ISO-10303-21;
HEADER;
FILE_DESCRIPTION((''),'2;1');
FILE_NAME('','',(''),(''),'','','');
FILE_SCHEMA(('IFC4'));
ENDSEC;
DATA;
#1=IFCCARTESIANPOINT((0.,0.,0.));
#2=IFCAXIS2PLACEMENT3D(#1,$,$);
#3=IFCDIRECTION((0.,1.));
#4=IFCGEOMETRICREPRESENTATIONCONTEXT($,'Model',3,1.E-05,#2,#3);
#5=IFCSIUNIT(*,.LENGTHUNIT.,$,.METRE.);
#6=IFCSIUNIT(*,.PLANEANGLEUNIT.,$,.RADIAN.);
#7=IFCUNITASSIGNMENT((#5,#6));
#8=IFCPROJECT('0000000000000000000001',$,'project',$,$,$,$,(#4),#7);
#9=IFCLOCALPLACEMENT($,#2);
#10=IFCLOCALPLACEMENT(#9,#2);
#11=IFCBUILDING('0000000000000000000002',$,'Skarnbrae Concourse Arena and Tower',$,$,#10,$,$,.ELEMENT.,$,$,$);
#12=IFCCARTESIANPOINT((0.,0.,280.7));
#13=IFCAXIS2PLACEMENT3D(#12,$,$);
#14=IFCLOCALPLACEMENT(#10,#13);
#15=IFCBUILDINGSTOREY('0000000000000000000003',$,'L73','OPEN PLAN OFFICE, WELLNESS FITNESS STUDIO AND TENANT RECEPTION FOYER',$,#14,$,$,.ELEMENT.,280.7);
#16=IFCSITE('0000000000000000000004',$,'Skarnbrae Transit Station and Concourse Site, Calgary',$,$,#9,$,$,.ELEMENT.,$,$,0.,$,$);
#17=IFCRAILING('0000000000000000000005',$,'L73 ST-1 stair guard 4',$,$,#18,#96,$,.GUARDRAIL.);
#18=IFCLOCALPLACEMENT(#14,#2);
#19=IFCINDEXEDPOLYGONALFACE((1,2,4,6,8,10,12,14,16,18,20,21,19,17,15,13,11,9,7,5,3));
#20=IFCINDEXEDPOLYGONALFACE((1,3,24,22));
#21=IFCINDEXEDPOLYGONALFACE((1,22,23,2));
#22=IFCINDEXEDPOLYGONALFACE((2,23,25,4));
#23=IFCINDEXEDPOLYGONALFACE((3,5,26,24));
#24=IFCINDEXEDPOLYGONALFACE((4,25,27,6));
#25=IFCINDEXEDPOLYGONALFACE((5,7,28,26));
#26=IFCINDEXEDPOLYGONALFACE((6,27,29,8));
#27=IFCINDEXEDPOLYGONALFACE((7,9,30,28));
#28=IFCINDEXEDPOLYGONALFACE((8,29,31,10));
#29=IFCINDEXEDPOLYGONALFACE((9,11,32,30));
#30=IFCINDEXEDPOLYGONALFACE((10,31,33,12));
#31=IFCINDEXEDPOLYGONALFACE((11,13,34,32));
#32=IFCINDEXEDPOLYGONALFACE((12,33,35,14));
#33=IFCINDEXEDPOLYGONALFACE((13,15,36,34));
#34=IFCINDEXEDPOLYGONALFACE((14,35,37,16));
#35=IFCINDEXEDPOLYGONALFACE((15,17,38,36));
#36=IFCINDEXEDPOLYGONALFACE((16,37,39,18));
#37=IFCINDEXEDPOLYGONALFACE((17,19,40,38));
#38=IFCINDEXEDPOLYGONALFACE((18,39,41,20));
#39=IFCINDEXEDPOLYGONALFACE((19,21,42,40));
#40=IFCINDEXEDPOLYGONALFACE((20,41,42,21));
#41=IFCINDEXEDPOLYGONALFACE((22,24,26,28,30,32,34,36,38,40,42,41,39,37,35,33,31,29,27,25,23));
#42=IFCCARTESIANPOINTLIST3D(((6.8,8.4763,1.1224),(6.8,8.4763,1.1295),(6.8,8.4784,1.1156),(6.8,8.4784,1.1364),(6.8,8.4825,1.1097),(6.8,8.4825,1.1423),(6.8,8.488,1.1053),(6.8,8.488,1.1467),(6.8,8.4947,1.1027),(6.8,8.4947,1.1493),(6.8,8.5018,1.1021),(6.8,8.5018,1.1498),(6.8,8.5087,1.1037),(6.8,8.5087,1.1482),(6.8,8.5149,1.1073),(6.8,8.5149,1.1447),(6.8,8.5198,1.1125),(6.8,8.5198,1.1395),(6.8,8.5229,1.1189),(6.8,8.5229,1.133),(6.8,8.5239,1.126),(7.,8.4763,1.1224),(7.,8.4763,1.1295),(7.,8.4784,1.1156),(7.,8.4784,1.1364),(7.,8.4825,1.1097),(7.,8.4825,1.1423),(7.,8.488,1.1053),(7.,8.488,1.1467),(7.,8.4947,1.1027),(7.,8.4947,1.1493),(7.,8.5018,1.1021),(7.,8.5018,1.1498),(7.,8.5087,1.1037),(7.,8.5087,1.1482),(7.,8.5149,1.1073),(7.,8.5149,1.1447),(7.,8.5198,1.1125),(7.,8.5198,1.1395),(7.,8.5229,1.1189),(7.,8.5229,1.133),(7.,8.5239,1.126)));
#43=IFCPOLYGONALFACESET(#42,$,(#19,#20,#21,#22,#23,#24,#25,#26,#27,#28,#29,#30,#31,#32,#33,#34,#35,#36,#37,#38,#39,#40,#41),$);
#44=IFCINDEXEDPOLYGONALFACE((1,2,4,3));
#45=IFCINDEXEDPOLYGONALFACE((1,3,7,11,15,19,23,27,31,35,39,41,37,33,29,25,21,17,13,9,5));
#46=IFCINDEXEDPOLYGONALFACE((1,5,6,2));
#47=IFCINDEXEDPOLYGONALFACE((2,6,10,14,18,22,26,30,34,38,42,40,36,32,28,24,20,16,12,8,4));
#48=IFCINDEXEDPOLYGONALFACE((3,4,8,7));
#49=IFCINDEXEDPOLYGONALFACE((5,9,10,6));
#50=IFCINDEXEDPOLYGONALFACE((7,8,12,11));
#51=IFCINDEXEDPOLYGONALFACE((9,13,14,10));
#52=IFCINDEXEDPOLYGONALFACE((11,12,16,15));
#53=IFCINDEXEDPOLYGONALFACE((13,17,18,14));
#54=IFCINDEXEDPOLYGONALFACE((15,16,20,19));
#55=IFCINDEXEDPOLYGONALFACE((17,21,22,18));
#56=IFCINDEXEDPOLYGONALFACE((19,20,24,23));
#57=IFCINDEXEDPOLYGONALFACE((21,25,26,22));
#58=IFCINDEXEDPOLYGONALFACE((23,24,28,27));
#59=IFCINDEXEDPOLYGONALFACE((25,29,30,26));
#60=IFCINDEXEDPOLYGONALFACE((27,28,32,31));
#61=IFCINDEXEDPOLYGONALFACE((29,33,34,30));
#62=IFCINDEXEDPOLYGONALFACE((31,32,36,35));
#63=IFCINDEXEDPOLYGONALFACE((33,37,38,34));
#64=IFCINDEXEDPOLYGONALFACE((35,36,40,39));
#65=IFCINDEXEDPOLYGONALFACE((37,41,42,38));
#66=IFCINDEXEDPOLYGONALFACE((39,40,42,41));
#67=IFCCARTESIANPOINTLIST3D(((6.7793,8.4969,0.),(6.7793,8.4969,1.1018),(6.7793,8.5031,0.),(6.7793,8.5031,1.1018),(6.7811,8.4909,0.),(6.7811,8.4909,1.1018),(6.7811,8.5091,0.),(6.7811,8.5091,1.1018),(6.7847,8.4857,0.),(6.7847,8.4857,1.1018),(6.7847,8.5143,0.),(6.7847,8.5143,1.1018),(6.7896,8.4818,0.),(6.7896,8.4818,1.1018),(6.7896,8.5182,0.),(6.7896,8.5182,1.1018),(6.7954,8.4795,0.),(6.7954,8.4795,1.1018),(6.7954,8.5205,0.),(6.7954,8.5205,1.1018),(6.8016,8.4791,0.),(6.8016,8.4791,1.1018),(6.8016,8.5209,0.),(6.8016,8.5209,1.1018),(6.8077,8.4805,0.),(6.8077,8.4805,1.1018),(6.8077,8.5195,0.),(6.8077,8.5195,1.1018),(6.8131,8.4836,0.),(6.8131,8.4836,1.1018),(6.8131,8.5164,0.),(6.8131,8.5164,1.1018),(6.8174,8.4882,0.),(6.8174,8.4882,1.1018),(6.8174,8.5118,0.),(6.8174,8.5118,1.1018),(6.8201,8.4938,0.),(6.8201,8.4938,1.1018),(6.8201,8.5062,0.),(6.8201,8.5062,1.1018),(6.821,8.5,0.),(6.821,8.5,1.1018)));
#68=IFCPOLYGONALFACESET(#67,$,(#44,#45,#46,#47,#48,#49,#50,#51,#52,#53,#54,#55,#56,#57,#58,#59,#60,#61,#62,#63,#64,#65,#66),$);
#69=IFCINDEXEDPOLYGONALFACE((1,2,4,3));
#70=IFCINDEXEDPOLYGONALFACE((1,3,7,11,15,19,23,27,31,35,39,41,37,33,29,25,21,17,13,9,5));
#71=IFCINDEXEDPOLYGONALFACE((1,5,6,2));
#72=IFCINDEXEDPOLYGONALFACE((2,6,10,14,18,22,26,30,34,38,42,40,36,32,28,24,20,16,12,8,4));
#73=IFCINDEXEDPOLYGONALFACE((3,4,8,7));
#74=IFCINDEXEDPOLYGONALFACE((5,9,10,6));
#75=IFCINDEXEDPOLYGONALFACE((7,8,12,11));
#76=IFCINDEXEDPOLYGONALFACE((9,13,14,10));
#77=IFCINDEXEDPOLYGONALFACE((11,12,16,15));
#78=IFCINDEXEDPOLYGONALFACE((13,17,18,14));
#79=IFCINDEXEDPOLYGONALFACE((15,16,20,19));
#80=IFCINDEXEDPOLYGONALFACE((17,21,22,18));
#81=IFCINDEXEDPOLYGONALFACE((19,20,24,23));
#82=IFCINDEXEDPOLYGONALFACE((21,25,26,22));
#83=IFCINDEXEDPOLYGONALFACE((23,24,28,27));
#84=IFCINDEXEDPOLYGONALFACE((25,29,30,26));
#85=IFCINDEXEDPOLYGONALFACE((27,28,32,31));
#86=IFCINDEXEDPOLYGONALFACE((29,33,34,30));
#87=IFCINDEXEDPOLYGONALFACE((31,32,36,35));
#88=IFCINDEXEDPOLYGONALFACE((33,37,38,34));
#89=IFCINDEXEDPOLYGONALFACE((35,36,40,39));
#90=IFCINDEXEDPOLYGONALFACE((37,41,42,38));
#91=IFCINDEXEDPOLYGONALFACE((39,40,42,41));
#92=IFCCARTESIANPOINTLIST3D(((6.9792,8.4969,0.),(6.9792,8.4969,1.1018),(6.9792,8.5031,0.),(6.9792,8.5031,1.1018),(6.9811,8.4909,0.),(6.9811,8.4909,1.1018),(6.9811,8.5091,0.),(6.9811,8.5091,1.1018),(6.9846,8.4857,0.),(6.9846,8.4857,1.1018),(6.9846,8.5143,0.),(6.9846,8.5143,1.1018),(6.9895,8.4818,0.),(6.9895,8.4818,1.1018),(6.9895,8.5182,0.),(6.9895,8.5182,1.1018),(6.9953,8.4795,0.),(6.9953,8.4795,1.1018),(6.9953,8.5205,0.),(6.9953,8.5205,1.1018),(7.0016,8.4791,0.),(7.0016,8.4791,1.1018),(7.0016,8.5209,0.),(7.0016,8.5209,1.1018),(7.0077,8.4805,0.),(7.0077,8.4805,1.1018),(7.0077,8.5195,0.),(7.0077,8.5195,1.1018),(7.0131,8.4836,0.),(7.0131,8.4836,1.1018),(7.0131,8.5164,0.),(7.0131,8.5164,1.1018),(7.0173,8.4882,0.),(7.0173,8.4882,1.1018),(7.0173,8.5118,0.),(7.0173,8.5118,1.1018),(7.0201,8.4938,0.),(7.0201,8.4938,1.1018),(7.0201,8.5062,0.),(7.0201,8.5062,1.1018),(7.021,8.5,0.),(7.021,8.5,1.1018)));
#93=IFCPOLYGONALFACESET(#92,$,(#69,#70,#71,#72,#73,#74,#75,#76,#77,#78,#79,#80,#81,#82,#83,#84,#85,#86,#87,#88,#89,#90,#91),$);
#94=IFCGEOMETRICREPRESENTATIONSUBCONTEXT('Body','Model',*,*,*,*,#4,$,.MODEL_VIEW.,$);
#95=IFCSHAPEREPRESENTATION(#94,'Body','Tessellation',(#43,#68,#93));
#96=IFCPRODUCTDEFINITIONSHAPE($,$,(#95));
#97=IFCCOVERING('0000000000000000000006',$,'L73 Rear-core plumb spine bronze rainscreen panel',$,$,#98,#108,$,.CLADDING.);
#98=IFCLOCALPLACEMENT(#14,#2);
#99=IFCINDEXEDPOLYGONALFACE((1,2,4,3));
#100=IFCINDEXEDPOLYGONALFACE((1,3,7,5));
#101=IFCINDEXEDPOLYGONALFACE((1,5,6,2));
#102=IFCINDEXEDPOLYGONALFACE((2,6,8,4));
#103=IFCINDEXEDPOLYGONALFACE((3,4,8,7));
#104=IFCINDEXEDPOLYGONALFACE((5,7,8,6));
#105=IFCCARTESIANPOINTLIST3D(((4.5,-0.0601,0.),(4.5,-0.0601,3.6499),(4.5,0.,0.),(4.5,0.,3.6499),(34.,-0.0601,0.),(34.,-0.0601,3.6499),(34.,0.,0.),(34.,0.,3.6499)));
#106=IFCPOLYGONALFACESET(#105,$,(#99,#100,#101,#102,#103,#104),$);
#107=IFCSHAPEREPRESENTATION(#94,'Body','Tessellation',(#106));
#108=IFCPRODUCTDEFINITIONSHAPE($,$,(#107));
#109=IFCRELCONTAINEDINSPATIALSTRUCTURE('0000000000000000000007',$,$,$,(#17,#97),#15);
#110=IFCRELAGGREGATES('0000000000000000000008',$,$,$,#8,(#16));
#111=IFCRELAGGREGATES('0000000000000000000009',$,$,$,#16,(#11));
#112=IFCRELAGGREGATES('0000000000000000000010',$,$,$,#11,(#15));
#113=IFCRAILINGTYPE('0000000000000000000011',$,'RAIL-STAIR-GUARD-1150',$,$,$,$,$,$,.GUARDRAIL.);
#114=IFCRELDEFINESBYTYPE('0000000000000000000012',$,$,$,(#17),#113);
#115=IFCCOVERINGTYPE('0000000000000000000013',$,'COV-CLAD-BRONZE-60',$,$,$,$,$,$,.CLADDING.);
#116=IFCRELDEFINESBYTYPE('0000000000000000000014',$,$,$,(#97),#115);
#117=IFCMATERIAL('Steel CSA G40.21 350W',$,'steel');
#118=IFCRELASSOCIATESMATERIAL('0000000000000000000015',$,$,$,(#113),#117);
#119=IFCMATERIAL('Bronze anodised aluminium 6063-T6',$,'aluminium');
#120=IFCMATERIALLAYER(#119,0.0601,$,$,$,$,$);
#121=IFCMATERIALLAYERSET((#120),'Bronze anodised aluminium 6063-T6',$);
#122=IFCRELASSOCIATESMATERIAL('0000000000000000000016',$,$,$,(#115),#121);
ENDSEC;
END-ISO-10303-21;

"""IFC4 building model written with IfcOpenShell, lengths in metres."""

from ifc_helpers import new_model, si_unit, direction, frame, origin, origin_2d, place, context, subcontext, project, spatial, rectangle, circle, extrude, source, transform, mapped, material, layer, layer_set, type_object, element, save


model = new_model("IFC4")

# Units and contexts
model_context = context("Model", 3, precision=1e-05, world=origin(), true_north=direction((0.0, 1.0)))
body_context = subcontext(model_context, "Body", "Model", "MODEL_VIEW")
ifc_project = project(units=[si_unit("LENGTHUNIT", "METRE"), si_unit("PLANEANGLEUNIT", "RADIAN")], contexts=[model_context])

# Site, building, storey
site_placement = place(None, origin())
site = spatial("IfcSite", under=ifc_project, at=site_placement, Name="Skarnbrae Transit Station and Concourse Site, Calgary", CompositionType="ELEMENT", RefElevation=0.0)
building_placement = place(site_placement, origin())
building = spatial("IfcBuilding", under=site, at=building_placement, Name="Skarnbrae Concourse Arena and Tower", CompositionType="ELEMENT")
storey_placement = place(building_placement, frame((0.0, 0.0, 280.7)))
storey = spatial("IfcBuildingStorey", under=building, at=storey_placement, Name="L73", Description="OPEN PLAN OFFICE, WELLNESS FITNESS STUDIO AND TENANT RECEPTION FOYER", CompositionType="ELEMENT", Elevation=280.7)

# Shared definitions
ifc_material_1 = material(Name="Steel CSA G40.21 350W", Category="steel")

# Railing
railing_type_1 = type_object("IfcRailingType", Name="RAIL-STAIR-GUARD-1150", PredefinedType="GUARDRAIL", material=ifc_material_1)
railing_1_placement = place(storey_placement, frame((6.8, 8.5, 0.0)))
element("IfcRailing", 1, at=railing_1_placement, inside=storey, type_object=railing_type_1, Name="L73 ST-1 stair guard 4", PredefinedType="GUARDRAIL", context=body_context, shape_type="SweptSolid", body=[
    extrude(circle(Radius=0.0239, at=origin_2d()), frame((0.0, 0.0, 1.126), z_axis=(1.0, 0.0, 0.0), x_axis=(0.0, 1.0, 0.0)), (0.0, 0.0, 1.0), 0.2),
    extrude(circle(Radius=0.021, at=origin_2d()), origin(), (0.0, 0.0, 1.0), 1.1018),
    extrude(circle(Radius=0.021, at=origin_2d()), frame((0.2, 0.0, 0.0)), (0.0, 0.0, 1.0), 1.1018),
])

# Covering
ifc_material_2 = material(Name="Bronze anodised aluminium 6063-T6", Category="aluminium")
ifc_layer_1 = layer(ifc_material_2, 0.0601)
ifc_layer_set_1 = layer_set([ifc_layer_1], Name="Bronze anodised aluminium 6063-T6")
covering_type = type_object("IfcCoveringType", Name="COV-CLAD-BRONZE-60", PredefinedType="CLADDING", material=ifc_layer_set_1)
shared_shape_1 = source(origin(), body_context, "Body", "SweptSolid", [
    extrude(rectangle(XDim=29.5, YDim=0.0601, at=origin_2d()), origin(), (0.0, 0.0, 1.0), 3.6499),
])
covering_placement = place(storey_placement, frame((19.25, -0.03, 0.0), z_axis=(0.0, 0.0, 1.0), x_axis=(1.0, 0.0, 0.0)))
element("IfcCovering", 2, at=covering_placement, inside=storey, type_object=covering_type, Name="L73 Rear-core plumb spine bronze rainscreen panel", PredefinedType="CLADDING", context=body_context, shape_type="MappedRepresentation", body=[
    mapped(shared_shape_1, transform((0.0, 0.0, 0.0))),
])

save(model, "model.ifc")
